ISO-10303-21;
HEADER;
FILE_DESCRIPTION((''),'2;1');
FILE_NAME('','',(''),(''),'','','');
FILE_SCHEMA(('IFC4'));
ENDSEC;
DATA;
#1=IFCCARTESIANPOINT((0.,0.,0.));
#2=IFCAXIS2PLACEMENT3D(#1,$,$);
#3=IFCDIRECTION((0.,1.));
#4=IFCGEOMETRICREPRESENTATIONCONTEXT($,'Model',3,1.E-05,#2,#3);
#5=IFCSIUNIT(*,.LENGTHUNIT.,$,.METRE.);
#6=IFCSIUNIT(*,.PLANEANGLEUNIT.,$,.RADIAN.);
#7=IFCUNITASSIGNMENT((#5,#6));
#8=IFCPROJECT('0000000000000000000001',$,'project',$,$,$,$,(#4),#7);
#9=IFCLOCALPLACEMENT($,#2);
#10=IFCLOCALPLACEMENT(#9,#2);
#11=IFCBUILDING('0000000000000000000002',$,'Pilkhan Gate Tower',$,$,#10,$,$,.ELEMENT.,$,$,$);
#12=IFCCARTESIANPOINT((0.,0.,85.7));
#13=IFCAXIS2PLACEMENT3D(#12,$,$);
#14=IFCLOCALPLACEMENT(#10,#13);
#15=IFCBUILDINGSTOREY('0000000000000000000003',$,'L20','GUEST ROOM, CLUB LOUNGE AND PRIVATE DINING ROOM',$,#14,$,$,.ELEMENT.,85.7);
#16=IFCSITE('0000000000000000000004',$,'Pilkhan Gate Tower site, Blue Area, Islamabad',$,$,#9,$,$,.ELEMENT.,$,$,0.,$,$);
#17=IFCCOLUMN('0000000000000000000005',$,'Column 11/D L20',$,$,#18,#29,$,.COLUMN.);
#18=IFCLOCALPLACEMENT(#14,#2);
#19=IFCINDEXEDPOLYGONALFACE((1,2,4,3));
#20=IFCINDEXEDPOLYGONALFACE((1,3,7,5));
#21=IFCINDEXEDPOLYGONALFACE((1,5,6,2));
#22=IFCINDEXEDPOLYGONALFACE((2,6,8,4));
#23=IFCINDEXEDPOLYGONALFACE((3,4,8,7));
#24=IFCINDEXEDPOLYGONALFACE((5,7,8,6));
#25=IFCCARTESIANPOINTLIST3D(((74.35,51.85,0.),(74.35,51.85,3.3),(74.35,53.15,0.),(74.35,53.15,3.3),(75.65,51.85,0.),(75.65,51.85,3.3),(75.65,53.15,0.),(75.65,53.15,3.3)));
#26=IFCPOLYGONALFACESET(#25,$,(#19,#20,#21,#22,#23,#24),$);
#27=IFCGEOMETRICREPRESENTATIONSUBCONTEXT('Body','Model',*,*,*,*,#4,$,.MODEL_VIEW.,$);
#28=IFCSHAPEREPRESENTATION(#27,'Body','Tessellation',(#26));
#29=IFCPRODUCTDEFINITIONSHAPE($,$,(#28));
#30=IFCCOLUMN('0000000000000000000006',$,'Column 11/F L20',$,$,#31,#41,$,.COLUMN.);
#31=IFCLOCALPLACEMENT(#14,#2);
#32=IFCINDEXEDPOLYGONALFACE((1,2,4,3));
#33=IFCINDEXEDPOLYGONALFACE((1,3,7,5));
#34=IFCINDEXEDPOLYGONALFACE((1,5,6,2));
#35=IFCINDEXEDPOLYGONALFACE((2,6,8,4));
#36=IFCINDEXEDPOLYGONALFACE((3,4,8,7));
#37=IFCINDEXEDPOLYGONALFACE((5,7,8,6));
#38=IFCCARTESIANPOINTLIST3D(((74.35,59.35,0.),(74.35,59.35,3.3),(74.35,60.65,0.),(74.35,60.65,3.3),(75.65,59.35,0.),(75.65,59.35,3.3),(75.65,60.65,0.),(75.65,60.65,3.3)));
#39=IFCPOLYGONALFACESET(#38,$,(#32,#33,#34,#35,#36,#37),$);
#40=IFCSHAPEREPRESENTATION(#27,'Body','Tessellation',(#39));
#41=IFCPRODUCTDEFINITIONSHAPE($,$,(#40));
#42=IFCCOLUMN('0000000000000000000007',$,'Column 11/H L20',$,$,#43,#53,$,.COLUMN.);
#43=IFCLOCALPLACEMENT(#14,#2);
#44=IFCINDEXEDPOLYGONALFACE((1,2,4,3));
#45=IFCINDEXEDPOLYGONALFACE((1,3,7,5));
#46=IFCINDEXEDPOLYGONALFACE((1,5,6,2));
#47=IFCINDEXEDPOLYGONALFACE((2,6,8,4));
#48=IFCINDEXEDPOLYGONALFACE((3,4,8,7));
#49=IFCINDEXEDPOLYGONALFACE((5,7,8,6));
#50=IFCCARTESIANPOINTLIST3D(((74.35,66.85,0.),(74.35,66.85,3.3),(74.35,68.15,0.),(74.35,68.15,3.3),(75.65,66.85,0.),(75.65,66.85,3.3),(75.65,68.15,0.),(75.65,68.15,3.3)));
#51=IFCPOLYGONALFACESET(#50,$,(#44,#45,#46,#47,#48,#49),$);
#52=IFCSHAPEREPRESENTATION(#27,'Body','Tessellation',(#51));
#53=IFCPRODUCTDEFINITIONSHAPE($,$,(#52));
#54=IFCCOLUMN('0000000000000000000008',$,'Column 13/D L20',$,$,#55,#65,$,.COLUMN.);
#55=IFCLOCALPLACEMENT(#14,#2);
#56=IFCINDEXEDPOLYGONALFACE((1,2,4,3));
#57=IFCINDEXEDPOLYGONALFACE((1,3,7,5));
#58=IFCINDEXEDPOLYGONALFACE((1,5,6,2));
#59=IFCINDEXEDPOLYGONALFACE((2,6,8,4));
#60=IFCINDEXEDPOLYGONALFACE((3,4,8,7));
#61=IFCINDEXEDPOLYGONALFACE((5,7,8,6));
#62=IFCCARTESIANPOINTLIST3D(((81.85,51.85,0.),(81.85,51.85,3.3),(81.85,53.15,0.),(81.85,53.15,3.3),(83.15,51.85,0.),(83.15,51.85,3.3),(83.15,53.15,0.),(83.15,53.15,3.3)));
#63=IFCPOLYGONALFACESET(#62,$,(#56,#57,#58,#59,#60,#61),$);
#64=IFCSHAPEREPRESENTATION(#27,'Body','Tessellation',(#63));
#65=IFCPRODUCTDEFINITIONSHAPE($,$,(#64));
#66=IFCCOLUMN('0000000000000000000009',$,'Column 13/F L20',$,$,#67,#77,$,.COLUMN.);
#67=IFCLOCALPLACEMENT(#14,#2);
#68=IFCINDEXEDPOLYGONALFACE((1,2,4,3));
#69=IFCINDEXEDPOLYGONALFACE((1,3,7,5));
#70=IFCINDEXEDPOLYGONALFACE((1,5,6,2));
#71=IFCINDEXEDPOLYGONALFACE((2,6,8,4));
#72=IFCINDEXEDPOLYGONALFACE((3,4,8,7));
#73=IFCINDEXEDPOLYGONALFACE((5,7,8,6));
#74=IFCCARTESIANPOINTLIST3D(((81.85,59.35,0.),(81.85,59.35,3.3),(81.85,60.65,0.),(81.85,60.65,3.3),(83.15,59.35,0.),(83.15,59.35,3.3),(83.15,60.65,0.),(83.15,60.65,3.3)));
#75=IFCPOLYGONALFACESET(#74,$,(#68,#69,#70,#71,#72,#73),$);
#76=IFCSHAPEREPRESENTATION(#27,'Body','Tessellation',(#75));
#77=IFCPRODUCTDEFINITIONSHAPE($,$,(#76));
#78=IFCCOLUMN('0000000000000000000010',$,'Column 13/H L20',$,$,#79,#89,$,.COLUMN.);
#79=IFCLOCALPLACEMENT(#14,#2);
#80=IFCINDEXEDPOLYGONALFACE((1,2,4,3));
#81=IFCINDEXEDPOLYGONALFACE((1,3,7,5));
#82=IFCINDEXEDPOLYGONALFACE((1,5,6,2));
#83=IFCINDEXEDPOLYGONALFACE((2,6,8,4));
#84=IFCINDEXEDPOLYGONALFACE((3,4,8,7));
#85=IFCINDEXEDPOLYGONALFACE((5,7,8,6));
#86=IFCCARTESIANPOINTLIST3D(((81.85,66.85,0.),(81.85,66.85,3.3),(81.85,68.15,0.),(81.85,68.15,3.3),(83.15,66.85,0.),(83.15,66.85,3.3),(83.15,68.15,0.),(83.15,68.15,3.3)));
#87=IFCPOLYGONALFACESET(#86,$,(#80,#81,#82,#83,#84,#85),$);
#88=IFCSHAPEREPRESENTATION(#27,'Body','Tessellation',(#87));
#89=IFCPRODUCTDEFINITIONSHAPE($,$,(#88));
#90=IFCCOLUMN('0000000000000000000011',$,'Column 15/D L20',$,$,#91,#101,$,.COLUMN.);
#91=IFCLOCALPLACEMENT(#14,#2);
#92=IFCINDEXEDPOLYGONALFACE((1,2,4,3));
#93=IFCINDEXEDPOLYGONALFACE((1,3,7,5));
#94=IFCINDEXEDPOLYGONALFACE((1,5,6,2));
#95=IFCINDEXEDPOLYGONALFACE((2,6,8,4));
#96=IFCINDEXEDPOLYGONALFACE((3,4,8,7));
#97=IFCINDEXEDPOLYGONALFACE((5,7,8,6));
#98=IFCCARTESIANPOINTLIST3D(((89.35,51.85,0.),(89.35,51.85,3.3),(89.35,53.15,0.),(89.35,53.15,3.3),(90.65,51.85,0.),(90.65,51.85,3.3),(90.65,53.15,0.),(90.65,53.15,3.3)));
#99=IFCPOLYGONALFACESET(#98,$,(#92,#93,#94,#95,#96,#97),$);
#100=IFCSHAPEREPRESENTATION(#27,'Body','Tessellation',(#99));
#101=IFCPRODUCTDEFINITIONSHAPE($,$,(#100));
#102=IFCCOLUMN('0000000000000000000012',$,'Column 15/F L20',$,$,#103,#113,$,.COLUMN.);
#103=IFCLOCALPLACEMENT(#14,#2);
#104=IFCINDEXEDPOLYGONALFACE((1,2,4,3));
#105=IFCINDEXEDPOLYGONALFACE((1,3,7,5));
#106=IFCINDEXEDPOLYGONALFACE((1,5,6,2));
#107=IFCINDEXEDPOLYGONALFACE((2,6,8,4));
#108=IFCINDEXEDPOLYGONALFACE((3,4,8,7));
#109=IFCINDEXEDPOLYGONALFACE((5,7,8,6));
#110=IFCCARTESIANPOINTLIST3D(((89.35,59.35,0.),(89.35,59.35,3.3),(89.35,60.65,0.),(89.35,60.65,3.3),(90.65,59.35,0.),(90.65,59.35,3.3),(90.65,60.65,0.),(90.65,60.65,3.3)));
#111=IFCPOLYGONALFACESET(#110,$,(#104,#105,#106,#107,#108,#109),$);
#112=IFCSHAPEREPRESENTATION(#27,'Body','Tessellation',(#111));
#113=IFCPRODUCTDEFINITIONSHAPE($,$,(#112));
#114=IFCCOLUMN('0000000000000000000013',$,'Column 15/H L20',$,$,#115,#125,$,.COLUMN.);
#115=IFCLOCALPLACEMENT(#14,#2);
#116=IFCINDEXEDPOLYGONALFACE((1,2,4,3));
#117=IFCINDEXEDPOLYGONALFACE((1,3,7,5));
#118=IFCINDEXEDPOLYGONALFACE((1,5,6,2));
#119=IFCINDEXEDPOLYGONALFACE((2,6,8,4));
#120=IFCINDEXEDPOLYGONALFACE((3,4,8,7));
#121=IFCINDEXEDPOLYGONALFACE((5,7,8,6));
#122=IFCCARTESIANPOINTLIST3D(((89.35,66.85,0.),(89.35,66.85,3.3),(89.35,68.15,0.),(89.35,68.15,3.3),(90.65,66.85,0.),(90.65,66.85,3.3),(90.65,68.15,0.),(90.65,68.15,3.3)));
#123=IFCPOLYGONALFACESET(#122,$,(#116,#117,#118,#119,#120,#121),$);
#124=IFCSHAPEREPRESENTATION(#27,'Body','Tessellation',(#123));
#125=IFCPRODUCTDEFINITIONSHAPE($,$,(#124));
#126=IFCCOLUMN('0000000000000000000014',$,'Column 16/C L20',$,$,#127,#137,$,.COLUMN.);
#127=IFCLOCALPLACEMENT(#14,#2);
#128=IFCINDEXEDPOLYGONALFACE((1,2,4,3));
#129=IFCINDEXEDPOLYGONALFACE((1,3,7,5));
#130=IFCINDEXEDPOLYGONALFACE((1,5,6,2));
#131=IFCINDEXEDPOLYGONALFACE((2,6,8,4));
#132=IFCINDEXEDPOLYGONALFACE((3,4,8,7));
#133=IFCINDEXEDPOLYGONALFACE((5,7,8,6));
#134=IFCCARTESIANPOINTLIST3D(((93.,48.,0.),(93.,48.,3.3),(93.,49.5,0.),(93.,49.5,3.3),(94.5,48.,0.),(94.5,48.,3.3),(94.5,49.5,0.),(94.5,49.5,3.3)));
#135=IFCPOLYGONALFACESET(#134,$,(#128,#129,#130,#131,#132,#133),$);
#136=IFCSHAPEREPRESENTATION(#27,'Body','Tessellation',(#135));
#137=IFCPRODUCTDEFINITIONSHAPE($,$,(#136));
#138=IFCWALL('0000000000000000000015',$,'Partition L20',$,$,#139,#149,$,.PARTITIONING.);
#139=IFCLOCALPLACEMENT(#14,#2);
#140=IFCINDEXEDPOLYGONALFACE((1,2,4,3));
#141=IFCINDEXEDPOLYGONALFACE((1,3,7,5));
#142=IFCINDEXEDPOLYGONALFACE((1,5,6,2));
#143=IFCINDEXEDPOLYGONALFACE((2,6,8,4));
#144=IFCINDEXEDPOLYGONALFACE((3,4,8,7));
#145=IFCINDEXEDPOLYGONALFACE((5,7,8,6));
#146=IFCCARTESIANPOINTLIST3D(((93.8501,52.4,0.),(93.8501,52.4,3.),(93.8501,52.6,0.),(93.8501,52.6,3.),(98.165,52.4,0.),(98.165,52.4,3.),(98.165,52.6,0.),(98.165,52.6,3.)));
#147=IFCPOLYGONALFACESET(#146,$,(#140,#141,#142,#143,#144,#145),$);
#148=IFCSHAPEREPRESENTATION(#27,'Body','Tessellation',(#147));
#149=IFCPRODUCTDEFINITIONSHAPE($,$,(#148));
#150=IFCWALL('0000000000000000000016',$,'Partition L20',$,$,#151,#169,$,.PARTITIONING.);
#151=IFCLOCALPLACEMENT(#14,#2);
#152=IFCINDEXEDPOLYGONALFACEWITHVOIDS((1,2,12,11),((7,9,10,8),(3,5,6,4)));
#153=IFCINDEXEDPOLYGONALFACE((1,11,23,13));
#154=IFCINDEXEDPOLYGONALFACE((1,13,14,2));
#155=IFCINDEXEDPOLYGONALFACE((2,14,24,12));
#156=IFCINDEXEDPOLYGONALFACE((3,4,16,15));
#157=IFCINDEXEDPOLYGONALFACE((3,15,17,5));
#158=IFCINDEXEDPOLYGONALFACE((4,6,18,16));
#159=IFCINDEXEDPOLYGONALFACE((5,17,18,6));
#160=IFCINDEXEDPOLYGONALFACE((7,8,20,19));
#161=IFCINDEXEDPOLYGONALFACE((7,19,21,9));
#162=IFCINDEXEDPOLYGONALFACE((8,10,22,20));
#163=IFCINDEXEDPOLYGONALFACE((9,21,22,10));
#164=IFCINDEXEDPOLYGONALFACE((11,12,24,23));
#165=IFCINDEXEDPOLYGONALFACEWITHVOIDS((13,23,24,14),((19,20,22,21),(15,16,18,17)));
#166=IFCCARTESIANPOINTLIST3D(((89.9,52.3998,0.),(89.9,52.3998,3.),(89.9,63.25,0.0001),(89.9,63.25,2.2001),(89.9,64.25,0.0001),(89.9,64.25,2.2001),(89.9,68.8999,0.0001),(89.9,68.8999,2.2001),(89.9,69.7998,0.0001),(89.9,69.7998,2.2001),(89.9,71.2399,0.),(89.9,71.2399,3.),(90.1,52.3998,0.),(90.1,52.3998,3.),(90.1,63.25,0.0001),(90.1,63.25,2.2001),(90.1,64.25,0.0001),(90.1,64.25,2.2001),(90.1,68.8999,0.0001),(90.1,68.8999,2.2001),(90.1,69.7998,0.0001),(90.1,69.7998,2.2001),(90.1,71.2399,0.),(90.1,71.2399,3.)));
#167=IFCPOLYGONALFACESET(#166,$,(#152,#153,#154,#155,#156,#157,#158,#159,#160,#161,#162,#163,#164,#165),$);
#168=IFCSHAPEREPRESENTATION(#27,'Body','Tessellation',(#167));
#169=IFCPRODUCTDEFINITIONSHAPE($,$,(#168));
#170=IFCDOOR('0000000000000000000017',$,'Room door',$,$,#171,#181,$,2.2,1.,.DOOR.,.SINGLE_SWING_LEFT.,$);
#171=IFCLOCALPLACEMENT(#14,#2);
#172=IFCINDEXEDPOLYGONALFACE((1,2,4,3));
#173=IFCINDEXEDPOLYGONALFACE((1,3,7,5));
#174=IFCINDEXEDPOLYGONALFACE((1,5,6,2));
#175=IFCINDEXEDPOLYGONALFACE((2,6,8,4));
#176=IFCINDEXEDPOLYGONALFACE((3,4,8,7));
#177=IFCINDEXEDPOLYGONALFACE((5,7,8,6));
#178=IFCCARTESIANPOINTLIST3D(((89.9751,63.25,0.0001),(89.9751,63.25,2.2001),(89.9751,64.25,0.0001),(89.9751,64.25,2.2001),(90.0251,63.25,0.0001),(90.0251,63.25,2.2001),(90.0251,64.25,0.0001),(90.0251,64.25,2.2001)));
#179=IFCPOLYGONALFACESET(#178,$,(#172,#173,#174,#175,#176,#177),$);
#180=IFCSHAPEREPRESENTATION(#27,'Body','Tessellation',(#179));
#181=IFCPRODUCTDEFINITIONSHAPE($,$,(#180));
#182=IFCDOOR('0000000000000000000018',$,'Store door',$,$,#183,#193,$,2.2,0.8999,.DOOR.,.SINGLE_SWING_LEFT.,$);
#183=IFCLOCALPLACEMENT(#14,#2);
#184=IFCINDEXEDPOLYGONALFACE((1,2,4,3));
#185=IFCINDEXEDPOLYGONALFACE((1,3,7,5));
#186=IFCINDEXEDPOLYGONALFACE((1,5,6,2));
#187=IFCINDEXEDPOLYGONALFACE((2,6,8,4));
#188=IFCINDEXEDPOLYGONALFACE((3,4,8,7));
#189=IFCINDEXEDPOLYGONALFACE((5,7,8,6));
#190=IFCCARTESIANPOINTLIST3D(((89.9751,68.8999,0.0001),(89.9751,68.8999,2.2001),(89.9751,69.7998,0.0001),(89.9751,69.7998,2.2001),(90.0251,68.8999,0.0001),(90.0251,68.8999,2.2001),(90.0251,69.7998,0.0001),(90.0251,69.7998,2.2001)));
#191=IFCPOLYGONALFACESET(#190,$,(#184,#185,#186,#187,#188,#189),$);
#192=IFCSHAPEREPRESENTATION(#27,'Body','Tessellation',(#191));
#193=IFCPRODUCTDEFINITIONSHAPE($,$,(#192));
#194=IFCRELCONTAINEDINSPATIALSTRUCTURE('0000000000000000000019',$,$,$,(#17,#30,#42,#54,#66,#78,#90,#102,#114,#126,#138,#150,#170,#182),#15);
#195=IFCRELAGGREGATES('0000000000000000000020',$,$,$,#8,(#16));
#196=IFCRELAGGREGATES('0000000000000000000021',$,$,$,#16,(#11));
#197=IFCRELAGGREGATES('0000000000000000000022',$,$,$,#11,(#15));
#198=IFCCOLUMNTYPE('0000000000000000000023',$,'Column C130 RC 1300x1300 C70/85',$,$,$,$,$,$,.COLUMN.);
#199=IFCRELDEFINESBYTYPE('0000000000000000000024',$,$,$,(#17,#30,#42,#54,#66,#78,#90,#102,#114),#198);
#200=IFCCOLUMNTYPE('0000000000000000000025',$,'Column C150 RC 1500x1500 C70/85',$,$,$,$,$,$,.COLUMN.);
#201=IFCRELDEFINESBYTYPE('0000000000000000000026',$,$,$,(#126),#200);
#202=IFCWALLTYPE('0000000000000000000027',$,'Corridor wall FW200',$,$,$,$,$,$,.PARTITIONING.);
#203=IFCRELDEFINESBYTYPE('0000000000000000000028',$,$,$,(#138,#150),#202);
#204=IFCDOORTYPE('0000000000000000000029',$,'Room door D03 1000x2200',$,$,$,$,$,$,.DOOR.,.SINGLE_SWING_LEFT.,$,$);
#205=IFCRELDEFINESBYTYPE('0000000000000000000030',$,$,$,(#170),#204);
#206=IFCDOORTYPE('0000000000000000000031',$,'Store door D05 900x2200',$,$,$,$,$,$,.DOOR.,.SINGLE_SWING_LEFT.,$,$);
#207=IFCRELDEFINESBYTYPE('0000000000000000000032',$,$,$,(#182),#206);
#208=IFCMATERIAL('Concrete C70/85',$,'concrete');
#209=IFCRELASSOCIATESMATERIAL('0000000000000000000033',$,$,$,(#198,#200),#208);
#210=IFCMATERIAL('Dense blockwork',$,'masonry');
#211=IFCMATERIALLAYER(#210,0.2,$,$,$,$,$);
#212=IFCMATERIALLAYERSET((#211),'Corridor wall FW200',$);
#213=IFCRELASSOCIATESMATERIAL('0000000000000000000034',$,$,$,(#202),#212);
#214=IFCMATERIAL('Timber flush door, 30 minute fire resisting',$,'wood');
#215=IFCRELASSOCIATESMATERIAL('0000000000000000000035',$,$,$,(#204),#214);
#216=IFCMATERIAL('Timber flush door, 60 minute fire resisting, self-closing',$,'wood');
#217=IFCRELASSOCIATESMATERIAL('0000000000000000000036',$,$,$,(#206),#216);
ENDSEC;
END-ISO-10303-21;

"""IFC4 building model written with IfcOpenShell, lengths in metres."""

from ifc_helpers import new_model, si_unit, direction, frame, frame_2d, origin, origin_2d, place, context, subcontext, project, spatial, rectangle, extrude, material, layer, layer_set, material_profile, profile_set, type_object, element, fill, save


model = new_model("IFC4")

# Units and contexts
model_context = context("Model", 3, precision=1e-05, world=origin(), true_north=direction((0.0, 1.0)))
body_context = subcontext(model_context, "Body", "Model", "MODEL_VIEW")
ifc_project = project(units=[si_unit("LENGTHUNIT", "METRE"), si_unit("PLANEANGLEUNIT", "RADIAN")], contexts=[model_context])

# Site, building, storey
site_placement = place(None, origin())
site = spatial("IfcSite", under=ifc_project, at=site_placement, Name="Pilkhan Gate Tower site, Blue Area, Islamabad", CompositionType="ELEMENT", RefElevation=0.0)
building_placement = place(site_placement, origin())
building = spatial("IfcBuilding", under=site, at=building_placement, Name="Pilkhan Gate Tower", CompositionType="ELEMENT")
storey_placement = place(building_placement, frame((0.0, 0.0, 85.7)))
storey = spatial("IfcBuildingStorey", under=building, at=storey_placement, Name="L20", Description="GUEST ROOM, CLUB LOUNGE AND PRIVATE DINING ROOM", CompositionType="ELEMENT", Elevation=85.7)

# Columns
ifc_material_1 = material(Name="Concrete C70/85", Category="concrete")
ifc_material_profile_1 = material_profile(ifc_material_1, rectangle(XDim=1.3, YDim=1.3, at=origin_2d()), Name="RC 1300x1300")
ifc_profile_set_1 = profile_set([ifc_material_profile_1], Name="Concrete C70/85")
column_type_1 = type_object("IfcColumnType", Name="Column C130 RC 1300x1300 C70/85", PredefinedType="COLUMN", material=ifc_profile_set_1)
for number, where, z_axis, x_axis, name in (
    (1, (75.0, 52.5, 0.0), (0.0, 0.0, 1.0), (1.0, 0.0, 0.0), "Column 11/D L20"),
    (2, (75.0, 60.0, 0.0), (0.0, 0.0, 1.0), (1.0, 0.0, 0.0), "Column 11/F L20"),
    (3, (75.0, 67.5, 0.0), (0.0, 0.0, 1.0), (1.0, 0.0, 0.0), "Column 11/H L20"),
    (4, (82.5, 52.5, 0.0), (0.0, 0.0, 1.0), (1.0, 0.0, 0.0), "Column 13/D L20"),
    (5, (82.5, 60.0, 0.0), (0.0, 0.0, 1.0), (1.0, 0.0, 0.0), "Column 13/F L20"),
    (6, (82.5, 67.5, 0.0), (0.0, 0.0, 1.0), (1.0, 0.0, 0.0), "Column 13/H L20"),
    (7, (90.0, 52.5, 0.0), (0.0, 0.0, 1.0), (1.0, 0.0, 0.0), "Column 15/D L20"),
    (8, (90.0, 60.0, 0.0), (0.0, 0.0, 1.0), (1.0, 0.0, 0.0), "Column 15/F L20"),
    (9, (90.0, 67.5, 0.0), (0.0, 0.0, 1.0), (1.0, 0.0, 0.0), "Column 15/H L20"),
):
    element("IfcColumn", number, at=place(storey_placement, frame(where, z_axis=z_axis, x_axis=x_axis)), inside=storey, type_object=column_type_1, Name=name, PredefinedType="COLUMN", context=body_context, shape_type="SweptSolid", body=[
        extrude(rectangle(XDim=1.3, YDim=1.3, at=origin_2d()), origin(), (0.0, 0.0, 1.0), 3.3),
    ])
ifc_material_profile_2 = material_profile(ifc_material_1, rectangle(XDim=1.5, YDim=1.5, at=origin_2d()), Name="RC 1500x1500")
ifc_profile_set_2 = profile_set([ifc_material_profile_2], Name="Concrete C70/85")
column_type_2 = type_object("IfcColumnType", Name="Column C150 RC 1500x1500 C70/85", PredefinedType="COLUMN", material=ifc_profile_set_2)
column_placement = place(storey_placement, frame((93.75, 48.75, 0.0), z_axis=(0.0, 0.0, 1.0), x_axis=(1.0, 0.0, 0.0)))
element("IfcColumn", 10, at=column_placement, inside=storey, type_object=column_type_2, Name="Column 16/C L20", PredefinedType="COLUMN", context=body_context, shape_type="SweptSolid", body=[
    extrude(rectangle(XDim=1.5, YDim=1.5, at=origin_2d()), origin(), (0.0, 0.0, 1.0), 3.3),
])

# Wall
ifc_material_2 = material(Name="Dense blockwork", Category="masonry")
ifc_layer_1 = layer(ifc_material_2, 0.2)
ifc_layer_set_1 = layer_set([ifc_layer_1], Name="Corridor wall FW200")
wall_type_1 = type_object("IfcWallType", Name="Corridor wall FW200", PredefinedType="PARTITIONING", material=ifc_layer_set_1)
wall_1_placement = place(storey_placement, frame((93.8501, 52.5, 0.0), z_axis=(0.0, 0.0, 1.0), x_axis=(1.0, 0.0, 0.0)))
element("IfcWall", 11, at=wall_1_placement, inside=storey, type_object=wall_type_1, Name="Partition L20", PredefinedType="PARTITIONING", context=body_context, shape_type="SweptSolid", body=[
    extrude(rectangle(XDim=4.3149, YDim=0.2, at=frame_2d((2.1575, 0.0))), origin(), (0.0, 0.0, 1.0), 3.0),
])

# Wall, openings, doors
wall_2_placement = place(storey_placement, frame((90.0, 52.3999, 0.0), z_axis=(0.0, 0.0, 1.0), x_axis=(0.0, 1.0, 0.0)))
wall_2 = element("IfcWall", 12, at=wall_2_placement, inside=storey, type_object=wall_type_1, Name="Partition L20", PredefinedType="PARTITIONING", context=body_context, shape_type="SweptSolid", body=[
    extrude(rectangle(XDim=18.8401, YDim=0.2, at=frame_2d((9.4199, 0.0))), origin(), (0.0, 0.0, 1.0), 3.0),
])
opening_1_placement = place(wall_2_placement, frame((10.8501, 0.0, 0.0)))
opening_1 = element("IfcOpeningElement", 13, at=opening_1_placement, cuts=wall_2, PredefinedType="OPENING", context=body_context, shape_type="SweptSolid", body=[
    extrude(rectangle(XDim=1.0, YDim=2.2, at=frame_2d((0.5, 1.1001))), frame((0.0, 0.1099, 0.0), z_axis=(0.0, -1.0, 0.0), x_axis=(1.0, 0.0, 0.0)), (0.0, 0.0, 1.0), 0.22),
])
opening_2_placement = place(wall_2_placement, frame((16.5, 0.0, 0.0)))
opening_2 = element("IfcOpeningElement", 14, at=opening_2_placement, cuts=wall_2, PredefinedType="OPENING", context=body_context, shape_type="SweptSolid", body=[
    extrude(rectangle(XDim=0.8999, YDim=2.2, at=frame_2d((0.45, 1.1001))), frame((0.0, 0.1099, 0.0), z_axis=(0.0, -1.0, 0.0), x_axis=(1.0, 0.0, 0.0)), (0.0, 0.0, 1.0), 0.22),
])
ifc_material_3 = material(Name="Timber flush door, 30 minute fire resisting", Category="wood")
door_type_1 = type_object("IfcDoorType", Name="Room door D03 1000x2200", OperationType="SINGLE_SWING_LEFT", PredefinedType="DOOR", material=ifc_material_3)
door_1_placement = place(opening_1_placement, origin())
door_1 = element("IfcDoor", 15, at=door_1_placement, inside=storey, type_object=door_type_1, Name="Room door", OperationType="SINGLE_SWING_LEFT", OverallHeight=2.2, OverallWidth=1.0, PredefinedType="DOOR", context=body_context, shape_type="SweptSolid", body=[
    extrude(rectangle(XDim=1.0, YDim=2.2, at=frame_2d((0.5, 1.1001))), frame((0.0, 0.0249, 0.0), z_axis=(0.0, -1.0, 0.0), x_axis=(1.0, 0.0, 0.0)), (0.0, 0.0, 1.0), 0.05),
])
fill(opening_1, door_1)
ifc_material_4 = material(Name="Timber flush door, 60 minute fire resisting, self-closing", Category="wood")
door_type_2 = type_object("IfcDoorType", Name="Store door D05 900x2200", OperationType="SINGLE_SWING_LEFT", PredefinedType="DOOR", material=ifc_material_4)
door_2_placement = place(opening_2_placement, origin())
door_2 = element("IfcDoor", 16, at=door_2_placement, inside=storey, type_object=door_type_2, Name="Store door", OperationType="SINGLE_SWING_LEFT", OverallHeight=2.2, OverallWidth=0.8999, PredefinedType="DOOR", context=body_context, shape_type="SweptSolid", body=[
    extrude(rectangle(XDim=0.8999, YDim=2.2, at=frame_2d((0.45, 1.1001))), frame((0.0, 0.0249, 0.0), z_axis=(0.0, -1.0, 0.0), x_axis=(1.0, 0.0, 0.0)), (0.0, 0.0, 1.0), 0.05),
])
fill(opening_2, door_2)

save(model, "model.ifc")
